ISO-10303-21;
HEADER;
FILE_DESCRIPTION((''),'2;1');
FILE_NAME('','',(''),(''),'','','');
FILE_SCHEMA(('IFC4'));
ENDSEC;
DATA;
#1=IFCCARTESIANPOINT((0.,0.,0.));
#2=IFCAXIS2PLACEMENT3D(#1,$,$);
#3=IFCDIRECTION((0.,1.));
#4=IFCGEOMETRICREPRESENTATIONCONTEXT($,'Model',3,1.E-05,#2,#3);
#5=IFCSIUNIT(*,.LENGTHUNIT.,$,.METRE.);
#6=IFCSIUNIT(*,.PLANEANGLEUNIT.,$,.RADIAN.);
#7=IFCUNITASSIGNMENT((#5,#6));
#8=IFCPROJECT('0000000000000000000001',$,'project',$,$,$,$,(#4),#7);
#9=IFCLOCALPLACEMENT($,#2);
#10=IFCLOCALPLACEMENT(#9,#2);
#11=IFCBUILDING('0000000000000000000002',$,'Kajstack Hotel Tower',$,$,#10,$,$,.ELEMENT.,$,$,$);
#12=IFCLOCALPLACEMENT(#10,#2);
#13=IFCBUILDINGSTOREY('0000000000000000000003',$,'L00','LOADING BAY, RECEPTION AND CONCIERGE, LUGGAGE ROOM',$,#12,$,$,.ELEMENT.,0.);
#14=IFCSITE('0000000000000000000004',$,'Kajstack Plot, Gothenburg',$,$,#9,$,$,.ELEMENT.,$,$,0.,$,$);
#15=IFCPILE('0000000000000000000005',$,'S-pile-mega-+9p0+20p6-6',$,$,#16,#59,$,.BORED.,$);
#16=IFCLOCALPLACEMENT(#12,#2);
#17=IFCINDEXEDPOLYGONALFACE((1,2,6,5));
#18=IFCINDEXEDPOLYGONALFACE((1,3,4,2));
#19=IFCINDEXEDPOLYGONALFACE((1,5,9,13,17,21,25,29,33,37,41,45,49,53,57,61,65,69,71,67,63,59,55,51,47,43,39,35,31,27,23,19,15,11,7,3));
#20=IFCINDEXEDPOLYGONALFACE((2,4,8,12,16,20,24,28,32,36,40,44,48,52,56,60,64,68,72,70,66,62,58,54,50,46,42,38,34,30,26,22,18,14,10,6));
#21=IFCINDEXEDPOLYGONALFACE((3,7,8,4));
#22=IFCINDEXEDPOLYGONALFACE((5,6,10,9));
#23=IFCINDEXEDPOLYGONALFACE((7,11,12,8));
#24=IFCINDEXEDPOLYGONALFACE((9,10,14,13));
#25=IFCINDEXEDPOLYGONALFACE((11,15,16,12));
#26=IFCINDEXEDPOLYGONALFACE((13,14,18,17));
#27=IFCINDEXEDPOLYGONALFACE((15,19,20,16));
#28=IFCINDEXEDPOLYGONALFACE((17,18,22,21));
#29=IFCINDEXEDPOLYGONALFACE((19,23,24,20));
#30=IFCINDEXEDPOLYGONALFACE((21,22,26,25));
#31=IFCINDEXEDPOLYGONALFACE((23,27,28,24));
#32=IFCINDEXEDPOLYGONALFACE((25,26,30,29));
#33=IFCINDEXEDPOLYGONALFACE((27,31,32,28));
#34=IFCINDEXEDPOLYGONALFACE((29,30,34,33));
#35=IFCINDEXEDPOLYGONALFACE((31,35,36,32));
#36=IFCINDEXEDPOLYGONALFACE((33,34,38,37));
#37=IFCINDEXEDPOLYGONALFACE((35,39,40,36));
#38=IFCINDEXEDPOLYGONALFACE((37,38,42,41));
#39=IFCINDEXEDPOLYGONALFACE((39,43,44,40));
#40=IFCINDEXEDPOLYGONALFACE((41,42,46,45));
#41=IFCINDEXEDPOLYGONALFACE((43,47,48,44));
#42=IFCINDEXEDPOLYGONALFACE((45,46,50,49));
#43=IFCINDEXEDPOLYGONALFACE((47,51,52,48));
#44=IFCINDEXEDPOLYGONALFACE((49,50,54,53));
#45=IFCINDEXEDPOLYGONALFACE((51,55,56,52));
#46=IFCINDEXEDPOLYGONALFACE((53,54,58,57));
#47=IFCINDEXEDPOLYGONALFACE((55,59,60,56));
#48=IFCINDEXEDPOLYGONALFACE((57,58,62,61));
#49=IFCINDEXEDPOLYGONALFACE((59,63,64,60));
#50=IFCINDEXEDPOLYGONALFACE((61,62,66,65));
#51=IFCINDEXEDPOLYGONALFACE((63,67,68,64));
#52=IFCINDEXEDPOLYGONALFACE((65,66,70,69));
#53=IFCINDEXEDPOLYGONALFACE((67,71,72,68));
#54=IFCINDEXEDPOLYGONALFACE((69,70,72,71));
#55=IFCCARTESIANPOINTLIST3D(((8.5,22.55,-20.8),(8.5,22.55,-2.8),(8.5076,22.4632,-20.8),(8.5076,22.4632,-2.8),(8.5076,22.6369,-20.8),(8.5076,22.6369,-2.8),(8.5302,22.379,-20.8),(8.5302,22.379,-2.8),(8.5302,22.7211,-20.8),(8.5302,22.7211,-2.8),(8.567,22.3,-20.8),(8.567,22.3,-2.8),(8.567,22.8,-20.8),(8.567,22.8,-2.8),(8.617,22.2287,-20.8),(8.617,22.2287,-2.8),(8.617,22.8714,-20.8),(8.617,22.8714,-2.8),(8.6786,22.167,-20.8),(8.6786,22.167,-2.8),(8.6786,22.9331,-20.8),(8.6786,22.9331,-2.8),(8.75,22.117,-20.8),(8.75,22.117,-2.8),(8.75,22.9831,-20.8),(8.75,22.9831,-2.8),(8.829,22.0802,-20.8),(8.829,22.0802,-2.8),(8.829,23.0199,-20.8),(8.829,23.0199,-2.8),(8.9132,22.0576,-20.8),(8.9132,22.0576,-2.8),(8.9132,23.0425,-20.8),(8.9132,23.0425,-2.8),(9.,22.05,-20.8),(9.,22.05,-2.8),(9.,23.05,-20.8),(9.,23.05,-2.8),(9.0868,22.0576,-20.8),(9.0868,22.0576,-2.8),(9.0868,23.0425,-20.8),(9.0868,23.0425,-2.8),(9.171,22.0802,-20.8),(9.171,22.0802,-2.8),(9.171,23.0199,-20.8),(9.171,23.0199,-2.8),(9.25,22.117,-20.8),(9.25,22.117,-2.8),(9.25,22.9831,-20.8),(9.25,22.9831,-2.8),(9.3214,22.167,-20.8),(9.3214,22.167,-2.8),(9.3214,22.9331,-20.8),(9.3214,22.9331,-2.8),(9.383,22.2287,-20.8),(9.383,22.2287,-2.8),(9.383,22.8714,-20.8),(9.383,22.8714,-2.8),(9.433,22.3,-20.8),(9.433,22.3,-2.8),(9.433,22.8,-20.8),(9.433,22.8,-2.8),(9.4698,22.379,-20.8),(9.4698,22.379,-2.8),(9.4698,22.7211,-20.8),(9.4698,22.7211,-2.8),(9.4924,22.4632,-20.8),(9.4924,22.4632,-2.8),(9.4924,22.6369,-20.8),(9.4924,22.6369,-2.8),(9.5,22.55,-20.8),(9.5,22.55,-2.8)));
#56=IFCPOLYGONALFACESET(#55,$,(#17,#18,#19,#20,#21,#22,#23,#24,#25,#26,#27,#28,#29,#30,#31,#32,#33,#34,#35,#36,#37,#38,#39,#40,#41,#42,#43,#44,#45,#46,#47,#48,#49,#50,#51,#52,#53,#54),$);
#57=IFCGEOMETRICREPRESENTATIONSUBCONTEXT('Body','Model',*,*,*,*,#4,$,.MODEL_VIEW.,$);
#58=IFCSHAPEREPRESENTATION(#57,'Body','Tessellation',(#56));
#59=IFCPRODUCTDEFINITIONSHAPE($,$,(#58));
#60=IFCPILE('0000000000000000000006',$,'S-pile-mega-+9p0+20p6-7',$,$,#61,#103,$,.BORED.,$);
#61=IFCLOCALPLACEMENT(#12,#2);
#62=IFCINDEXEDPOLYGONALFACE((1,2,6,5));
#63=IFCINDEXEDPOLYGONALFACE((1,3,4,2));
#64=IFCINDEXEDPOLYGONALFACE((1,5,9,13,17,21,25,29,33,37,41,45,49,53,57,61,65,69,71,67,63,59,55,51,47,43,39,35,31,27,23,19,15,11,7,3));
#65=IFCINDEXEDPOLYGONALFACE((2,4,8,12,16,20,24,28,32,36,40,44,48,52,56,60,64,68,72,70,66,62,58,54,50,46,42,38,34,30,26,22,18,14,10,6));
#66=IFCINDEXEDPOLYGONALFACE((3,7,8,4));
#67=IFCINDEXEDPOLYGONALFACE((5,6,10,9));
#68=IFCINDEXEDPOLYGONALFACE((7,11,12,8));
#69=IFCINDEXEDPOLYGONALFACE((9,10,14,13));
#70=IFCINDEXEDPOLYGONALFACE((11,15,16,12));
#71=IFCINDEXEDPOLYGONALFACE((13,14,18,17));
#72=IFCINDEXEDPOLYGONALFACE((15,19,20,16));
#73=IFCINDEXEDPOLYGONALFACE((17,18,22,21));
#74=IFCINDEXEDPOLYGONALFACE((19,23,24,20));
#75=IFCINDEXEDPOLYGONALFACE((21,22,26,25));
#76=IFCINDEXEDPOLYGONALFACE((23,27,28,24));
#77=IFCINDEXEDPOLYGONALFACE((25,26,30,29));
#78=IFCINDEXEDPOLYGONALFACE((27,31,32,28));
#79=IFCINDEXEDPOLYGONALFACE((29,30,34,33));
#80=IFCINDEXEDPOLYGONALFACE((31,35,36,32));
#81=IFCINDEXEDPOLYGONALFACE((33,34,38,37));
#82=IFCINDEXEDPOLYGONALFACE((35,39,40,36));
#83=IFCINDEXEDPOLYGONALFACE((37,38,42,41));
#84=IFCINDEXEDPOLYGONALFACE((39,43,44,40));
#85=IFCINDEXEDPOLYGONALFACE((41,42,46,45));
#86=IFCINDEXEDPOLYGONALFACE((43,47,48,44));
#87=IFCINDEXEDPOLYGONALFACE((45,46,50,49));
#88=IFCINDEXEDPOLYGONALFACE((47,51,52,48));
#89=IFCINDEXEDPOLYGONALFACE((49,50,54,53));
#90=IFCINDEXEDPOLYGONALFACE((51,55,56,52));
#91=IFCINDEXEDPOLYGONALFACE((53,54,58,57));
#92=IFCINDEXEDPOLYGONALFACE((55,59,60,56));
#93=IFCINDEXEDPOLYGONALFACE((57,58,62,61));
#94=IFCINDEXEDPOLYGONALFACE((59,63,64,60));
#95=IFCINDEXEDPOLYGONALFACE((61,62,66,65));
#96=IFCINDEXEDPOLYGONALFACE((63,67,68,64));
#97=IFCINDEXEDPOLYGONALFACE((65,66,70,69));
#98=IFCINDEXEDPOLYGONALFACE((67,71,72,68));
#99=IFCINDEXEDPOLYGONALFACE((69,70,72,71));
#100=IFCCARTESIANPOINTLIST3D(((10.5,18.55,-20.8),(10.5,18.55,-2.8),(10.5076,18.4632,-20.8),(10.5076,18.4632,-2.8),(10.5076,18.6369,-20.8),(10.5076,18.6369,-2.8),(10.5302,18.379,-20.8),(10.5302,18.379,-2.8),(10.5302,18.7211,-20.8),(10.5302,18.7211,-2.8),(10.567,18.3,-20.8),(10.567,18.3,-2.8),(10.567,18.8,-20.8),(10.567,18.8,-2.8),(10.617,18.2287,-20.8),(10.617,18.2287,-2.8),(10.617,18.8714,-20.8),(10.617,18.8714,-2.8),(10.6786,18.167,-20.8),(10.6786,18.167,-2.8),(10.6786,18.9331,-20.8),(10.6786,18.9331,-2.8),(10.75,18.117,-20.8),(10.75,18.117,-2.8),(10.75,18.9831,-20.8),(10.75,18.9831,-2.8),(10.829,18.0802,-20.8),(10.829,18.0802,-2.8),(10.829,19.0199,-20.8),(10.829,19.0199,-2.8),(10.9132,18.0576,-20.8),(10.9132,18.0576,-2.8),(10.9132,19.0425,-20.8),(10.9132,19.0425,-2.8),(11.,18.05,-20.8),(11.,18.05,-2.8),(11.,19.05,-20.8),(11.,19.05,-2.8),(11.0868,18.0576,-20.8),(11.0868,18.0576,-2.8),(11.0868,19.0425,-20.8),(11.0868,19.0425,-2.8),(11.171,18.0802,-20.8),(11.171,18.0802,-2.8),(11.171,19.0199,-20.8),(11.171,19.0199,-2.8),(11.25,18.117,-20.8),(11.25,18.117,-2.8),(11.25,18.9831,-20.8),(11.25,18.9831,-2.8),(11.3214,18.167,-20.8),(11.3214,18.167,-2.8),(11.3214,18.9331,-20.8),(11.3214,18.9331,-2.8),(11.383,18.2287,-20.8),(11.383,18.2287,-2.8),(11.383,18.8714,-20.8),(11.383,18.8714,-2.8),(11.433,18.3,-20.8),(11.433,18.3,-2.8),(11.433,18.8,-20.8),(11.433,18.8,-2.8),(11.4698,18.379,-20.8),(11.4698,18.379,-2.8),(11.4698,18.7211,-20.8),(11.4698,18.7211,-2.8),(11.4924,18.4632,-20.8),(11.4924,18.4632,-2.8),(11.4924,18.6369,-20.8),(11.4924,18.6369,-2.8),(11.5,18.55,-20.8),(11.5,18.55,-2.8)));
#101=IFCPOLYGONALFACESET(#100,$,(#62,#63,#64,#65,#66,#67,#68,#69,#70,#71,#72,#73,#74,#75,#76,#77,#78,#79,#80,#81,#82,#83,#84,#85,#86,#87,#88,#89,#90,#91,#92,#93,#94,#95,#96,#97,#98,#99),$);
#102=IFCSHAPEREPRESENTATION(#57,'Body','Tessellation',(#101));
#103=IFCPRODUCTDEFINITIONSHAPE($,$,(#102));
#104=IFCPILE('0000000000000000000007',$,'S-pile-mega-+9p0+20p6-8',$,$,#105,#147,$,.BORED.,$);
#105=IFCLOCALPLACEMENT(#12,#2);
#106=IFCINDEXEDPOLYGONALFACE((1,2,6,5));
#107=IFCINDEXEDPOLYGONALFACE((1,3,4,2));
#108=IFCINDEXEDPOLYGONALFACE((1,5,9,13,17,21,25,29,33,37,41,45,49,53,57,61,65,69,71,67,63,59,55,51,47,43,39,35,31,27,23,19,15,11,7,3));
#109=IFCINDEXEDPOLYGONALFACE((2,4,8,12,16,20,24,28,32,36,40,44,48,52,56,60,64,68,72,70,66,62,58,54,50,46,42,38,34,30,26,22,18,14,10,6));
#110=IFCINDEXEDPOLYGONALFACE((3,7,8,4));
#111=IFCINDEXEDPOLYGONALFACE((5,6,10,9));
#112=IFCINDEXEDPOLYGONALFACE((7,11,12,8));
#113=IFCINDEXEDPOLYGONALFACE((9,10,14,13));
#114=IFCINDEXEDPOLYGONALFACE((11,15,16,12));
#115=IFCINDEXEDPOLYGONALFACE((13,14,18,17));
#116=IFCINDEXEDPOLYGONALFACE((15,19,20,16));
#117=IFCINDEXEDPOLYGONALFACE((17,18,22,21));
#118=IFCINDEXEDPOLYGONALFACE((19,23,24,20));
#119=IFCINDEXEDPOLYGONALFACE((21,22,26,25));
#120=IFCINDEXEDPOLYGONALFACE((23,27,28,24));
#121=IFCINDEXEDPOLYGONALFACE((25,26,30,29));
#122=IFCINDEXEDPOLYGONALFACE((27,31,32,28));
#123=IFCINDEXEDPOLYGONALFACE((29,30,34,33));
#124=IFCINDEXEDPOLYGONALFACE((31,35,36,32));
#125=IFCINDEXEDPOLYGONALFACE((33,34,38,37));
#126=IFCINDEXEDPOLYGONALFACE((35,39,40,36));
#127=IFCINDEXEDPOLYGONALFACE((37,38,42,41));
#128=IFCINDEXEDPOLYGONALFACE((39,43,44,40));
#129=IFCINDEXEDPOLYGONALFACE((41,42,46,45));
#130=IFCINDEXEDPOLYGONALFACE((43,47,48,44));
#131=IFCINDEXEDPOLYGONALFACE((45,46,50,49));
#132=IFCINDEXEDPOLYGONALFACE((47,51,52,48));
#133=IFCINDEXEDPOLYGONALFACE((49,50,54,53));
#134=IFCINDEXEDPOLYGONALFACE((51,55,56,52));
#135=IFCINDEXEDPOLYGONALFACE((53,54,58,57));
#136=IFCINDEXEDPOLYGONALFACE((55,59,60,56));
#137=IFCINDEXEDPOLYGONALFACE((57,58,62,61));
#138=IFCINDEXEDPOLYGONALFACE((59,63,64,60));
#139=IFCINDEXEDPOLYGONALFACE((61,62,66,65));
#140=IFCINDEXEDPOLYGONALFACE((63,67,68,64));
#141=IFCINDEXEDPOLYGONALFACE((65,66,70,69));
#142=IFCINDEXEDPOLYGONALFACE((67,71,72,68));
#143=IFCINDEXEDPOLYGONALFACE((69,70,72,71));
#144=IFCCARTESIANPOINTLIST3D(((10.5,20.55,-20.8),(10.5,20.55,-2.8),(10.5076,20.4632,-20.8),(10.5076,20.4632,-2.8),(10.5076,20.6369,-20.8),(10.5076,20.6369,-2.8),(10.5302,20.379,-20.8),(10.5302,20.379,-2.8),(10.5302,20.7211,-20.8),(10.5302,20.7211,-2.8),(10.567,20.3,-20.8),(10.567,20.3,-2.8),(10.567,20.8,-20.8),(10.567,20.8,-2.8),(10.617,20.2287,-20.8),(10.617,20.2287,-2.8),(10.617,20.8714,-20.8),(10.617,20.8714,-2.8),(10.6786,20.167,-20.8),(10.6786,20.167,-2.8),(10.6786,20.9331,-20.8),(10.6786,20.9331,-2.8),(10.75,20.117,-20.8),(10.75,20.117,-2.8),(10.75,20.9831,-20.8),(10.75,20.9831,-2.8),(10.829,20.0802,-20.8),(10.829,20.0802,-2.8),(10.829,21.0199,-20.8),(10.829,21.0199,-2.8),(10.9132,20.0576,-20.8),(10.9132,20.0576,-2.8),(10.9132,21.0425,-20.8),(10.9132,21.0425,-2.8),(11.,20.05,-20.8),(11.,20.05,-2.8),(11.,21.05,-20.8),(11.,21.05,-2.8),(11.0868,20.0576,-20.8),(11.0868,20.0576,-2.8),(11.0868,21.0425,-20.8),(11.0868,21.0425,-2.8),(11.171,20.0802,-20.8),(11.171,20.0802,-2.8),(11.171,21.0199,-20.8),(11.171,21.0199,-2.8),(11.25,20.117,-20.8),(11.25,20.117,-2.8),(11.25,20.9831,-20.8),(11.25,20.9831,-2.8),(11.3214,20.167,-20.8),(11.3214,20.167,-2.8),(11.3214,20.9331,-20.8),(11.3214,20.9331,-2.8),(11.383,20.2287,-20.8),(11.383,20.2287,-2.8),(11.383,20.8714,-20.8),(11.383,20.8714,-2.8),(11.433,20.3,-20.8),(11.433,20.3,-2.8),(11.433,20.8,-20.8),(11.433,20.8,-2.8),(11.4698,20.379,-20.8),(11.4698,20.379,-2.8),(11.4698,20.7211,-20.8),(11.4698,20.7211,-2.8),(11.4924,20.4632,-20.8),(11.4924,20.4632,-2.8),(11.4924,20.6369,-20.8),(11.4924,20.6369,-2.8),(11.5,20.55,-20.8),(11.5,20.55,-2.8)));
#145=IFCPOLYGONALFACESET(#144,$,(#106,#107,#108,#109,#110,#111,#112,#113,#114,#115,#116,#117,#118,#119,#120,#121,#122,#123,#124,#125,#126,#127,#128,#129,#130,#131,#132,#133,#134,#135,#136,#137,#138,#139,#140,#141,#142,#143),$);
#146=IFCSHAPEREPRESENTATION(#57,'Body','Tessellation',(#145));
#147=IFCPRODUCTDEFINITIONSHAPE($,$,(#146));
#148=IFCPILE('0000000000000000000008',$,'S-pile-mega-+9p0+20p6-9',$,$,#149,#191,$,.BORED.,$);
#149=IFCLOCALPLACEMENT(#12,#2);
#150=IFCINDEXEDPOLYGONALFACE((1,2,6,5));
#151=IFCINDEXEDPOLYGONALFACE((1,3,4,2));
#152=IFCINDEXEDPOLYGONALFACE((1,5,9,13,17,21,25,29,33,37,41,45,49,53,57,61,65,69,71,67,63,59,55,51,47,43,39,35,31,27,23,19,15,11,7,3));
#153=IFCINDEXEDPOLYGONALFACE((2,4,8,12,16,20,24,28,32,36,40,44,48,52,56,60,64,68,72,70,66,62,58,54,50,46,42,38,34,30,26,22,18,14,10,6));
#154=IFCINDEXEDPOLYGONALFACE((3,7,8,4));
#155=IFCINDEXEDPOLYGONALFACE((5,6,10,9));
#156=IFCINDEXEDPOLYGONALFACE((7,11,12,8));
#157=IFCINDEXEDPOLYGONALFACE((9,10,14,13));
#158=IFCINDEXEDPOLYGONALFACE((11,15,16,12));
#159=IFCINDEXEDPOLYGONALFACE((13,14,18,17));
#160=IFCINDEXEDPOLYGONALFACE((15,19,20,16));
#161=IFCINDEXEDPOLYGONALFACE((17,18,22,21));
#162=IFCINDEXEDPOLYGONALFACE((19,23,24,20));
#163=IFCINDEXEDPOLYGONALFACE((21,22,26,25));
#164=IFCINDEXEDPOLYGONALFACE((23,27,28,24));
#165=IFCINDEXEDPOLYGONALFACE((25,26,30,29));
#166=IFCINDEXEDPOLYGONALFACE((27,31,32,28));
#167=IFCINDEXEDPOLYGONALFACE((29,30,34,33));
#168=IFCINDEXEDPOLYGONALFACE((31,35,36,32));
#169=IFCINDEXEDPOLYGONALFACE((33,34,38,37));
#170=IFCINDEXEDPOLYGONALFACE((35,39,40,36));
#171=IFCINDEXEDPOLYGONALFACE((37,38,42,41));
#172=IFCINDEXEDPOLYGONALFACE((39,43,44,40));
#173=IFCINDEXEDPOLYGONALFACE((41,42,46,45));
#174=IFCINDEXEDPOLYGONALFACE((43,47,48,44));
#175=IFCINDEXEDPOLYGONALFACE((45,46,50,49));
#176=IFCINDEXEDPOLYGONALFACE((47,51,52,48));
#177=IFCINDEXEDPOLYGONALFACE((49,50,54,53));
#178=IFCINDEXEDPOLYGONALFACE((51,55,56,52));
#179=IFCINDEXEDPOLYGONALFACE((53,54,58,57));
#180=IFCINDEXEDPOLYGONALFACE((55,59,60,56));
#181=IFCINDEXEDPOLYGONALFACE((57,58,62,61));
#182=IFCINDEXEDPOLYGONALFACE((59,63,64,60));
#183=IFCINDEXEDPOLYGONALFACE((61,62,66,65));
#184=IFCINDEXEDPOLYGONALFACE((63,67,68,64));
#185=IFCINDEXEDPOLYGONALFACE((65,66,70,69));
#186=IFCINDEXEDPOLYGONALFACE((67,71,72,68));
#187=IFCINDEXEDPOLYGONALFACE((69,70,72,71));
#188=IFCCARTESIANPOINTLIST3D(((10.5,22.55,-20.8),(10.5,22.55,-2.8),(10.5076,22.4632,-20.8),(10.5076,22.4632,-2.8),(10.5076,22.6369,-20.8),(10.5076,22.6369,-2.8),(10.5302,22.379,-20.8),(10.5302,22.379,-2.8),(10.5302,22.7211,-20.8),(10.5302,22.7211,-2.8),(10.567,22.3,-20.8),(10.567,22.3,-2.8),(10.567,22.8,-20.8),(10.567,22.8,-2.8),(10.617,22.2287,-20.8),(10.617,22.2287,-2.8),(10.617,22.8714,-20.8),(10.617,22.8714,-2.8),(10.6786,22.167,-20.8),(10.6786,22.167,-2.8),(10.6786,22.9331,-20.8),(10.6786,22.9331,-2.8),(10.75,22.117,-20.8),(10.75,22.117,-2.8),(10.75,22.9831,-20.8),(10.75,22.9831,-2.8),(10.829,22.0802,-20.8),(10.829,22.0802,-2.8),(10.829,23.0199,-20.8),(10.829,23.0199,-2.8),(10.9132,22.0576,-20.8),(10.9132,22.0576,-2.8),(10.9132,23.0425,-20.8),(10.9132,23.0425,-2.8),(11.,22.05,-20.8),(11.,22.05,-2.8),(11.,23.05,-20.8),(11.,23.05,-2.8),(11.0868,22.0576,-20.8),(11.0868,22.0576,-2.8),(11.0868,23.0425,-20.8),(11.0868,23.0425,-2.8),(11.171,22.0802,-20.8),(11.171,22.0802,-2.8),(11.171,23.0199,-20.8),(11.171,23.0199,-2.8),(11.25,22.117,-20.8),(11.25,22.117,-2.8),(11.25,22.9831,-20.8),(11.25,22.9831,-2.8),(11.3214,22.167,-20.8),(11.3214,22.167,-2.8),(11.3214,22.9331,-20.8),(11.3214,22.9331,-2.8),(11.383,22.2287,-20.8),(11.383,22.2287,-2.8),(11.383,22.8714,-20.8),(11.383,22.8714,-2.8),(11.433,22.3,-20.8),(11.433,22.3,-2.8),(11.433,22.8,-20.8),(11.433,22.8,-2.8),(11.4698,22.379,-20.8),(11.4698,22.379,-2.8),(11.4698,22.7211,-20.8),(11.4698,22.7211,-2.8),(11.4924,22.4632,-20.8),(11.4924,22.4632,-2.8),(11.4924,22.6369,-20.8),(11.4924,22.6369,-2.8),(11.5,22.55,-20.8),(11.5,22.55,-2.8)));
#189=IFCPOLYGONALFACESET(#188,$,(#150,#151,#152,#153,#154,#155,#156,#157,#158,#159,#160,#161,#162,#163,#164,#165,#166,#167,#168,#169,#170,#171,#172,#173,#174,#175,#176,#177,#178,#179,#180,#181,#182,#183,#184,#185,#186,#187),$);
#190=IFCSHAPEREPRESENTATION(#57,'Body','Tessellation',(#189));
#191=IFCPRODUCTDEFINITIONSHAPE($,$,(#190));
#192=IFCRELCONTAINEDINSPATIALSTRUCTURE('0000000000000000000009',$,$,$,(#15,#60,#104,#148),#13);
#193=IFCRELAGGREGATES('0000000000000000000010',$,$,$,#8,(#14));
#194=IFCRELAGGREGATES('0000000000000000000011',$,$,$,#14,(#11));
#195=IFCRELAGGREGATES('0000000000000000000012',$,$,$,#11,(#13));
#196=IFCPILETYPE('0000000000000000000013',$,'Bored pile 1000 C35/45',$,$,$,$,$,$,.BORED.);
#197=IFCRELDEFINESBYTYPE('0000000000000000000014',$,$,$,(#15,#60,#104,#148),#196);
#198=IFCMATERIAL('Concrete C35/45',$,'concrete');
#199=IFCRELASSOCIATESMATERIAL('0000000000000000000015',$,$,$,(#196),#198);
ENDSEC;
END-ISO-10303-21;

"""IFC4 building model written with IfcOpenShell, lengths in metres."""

from ifc_helpers import new_model, si_unit, direction, frame, origin, origin_2d, place, context, subcontext, project, spatial, circle, extrude, material, material_profile, profile_set, type_object, element, save


model = new_model("IFC4")

# Units and contexts
model_context = context("Model", 3, precision=1e-05, world=origin(), true_north=direction((0.0, 1.0)))
body_context = subcontext(model_context, "Body", "Model", "MODEL_VIEW")
ifc_project = project(units=[si_unit("LENGTHUNIT", "METRE"), si_unit("PLANEANGLEUNIT", "RADIAN")], contexts=[model_context])

# Site, building, storey
site_placement = place(None, origin())
site = spatial("IfcSite", under=ifc_project, at=site_placement, Name="Kajstack Plot, Gothenburg", CompositionType="ELEMENT", RefElevation=0.0)
building_placement = place(site_placement, origin())
building = spatial("IfcBuilding", under=site, at=building_placement, Name="Kajstack Hotel Tower", CompositionType="ELEMENT")
storey_placement = place(building_placement, origin())
storey = spatial("IfcBuildingStorey", under=building, at=storey_placement, Name="L00", Description="LOADING BAY, RECEPTION AND CONCIERGE, LUGGAGE ROOM", CompositionType="ELEMENT", Elevation=0.0)

# Piles
ifc_material_1 = material(Name="Concrete C35/45", Category="concrete")
ifc_material_profile_1 = material_profile(ifc_material_1, circle(Radius=0.5, at=origin_2d()), Name="RC round 1000")
ifc_profile_set_1 = profile_set([ifc_material_profile_1], Name="Concrete C35/45")
pile_type_1 = type_object("IfcPileType", Name="Bored pile 1000 C35/45", PredefinedType="BORED", material=ifc_profile_set_1)
for number, where, z_axis, x_axis, name in (
    (1, (9.0, 22.55, -2.8), (0.0, 0.0, -1.0), (1.0, 0.0, 0.0), "S-pile-mega-+9p0+20p6-6"),
    (2, (11.0, 18.55, -2.8), (0.0, 0.0, -1.0), (1.0, 0.0, 0.0), "S-pile-mega-+9p0+20p6-7"),
    (3, (11.0, 20.55, -2.8), (0.0, 0.0, -1.0), (1.0, 0.0, 0.0), "S-pile-mega-+9p0+20p6-8"),
    (4, (11.0, 22.55, -2.8), (0.0, 0.0, -1.0), (1.0, 0.0, 0.0), "S-pile-mega-+9p0+20p6-9"),
):
    element("IfcPile", number, at=place(storey_placement, frame(where, z_axis=z_axis, x_axis=x_axis)), inside=storey, type_object=pile_type_1, Name=name, PredefinedType="BORED", context=body_context, shape_type="SweptSolid", body=[
        extrude(circle(Radius=0.5, at=origin_2d()), origin(), (0.0, 0.0, 1.0), 18.0),
    ])

save(model, "model.ifc")
